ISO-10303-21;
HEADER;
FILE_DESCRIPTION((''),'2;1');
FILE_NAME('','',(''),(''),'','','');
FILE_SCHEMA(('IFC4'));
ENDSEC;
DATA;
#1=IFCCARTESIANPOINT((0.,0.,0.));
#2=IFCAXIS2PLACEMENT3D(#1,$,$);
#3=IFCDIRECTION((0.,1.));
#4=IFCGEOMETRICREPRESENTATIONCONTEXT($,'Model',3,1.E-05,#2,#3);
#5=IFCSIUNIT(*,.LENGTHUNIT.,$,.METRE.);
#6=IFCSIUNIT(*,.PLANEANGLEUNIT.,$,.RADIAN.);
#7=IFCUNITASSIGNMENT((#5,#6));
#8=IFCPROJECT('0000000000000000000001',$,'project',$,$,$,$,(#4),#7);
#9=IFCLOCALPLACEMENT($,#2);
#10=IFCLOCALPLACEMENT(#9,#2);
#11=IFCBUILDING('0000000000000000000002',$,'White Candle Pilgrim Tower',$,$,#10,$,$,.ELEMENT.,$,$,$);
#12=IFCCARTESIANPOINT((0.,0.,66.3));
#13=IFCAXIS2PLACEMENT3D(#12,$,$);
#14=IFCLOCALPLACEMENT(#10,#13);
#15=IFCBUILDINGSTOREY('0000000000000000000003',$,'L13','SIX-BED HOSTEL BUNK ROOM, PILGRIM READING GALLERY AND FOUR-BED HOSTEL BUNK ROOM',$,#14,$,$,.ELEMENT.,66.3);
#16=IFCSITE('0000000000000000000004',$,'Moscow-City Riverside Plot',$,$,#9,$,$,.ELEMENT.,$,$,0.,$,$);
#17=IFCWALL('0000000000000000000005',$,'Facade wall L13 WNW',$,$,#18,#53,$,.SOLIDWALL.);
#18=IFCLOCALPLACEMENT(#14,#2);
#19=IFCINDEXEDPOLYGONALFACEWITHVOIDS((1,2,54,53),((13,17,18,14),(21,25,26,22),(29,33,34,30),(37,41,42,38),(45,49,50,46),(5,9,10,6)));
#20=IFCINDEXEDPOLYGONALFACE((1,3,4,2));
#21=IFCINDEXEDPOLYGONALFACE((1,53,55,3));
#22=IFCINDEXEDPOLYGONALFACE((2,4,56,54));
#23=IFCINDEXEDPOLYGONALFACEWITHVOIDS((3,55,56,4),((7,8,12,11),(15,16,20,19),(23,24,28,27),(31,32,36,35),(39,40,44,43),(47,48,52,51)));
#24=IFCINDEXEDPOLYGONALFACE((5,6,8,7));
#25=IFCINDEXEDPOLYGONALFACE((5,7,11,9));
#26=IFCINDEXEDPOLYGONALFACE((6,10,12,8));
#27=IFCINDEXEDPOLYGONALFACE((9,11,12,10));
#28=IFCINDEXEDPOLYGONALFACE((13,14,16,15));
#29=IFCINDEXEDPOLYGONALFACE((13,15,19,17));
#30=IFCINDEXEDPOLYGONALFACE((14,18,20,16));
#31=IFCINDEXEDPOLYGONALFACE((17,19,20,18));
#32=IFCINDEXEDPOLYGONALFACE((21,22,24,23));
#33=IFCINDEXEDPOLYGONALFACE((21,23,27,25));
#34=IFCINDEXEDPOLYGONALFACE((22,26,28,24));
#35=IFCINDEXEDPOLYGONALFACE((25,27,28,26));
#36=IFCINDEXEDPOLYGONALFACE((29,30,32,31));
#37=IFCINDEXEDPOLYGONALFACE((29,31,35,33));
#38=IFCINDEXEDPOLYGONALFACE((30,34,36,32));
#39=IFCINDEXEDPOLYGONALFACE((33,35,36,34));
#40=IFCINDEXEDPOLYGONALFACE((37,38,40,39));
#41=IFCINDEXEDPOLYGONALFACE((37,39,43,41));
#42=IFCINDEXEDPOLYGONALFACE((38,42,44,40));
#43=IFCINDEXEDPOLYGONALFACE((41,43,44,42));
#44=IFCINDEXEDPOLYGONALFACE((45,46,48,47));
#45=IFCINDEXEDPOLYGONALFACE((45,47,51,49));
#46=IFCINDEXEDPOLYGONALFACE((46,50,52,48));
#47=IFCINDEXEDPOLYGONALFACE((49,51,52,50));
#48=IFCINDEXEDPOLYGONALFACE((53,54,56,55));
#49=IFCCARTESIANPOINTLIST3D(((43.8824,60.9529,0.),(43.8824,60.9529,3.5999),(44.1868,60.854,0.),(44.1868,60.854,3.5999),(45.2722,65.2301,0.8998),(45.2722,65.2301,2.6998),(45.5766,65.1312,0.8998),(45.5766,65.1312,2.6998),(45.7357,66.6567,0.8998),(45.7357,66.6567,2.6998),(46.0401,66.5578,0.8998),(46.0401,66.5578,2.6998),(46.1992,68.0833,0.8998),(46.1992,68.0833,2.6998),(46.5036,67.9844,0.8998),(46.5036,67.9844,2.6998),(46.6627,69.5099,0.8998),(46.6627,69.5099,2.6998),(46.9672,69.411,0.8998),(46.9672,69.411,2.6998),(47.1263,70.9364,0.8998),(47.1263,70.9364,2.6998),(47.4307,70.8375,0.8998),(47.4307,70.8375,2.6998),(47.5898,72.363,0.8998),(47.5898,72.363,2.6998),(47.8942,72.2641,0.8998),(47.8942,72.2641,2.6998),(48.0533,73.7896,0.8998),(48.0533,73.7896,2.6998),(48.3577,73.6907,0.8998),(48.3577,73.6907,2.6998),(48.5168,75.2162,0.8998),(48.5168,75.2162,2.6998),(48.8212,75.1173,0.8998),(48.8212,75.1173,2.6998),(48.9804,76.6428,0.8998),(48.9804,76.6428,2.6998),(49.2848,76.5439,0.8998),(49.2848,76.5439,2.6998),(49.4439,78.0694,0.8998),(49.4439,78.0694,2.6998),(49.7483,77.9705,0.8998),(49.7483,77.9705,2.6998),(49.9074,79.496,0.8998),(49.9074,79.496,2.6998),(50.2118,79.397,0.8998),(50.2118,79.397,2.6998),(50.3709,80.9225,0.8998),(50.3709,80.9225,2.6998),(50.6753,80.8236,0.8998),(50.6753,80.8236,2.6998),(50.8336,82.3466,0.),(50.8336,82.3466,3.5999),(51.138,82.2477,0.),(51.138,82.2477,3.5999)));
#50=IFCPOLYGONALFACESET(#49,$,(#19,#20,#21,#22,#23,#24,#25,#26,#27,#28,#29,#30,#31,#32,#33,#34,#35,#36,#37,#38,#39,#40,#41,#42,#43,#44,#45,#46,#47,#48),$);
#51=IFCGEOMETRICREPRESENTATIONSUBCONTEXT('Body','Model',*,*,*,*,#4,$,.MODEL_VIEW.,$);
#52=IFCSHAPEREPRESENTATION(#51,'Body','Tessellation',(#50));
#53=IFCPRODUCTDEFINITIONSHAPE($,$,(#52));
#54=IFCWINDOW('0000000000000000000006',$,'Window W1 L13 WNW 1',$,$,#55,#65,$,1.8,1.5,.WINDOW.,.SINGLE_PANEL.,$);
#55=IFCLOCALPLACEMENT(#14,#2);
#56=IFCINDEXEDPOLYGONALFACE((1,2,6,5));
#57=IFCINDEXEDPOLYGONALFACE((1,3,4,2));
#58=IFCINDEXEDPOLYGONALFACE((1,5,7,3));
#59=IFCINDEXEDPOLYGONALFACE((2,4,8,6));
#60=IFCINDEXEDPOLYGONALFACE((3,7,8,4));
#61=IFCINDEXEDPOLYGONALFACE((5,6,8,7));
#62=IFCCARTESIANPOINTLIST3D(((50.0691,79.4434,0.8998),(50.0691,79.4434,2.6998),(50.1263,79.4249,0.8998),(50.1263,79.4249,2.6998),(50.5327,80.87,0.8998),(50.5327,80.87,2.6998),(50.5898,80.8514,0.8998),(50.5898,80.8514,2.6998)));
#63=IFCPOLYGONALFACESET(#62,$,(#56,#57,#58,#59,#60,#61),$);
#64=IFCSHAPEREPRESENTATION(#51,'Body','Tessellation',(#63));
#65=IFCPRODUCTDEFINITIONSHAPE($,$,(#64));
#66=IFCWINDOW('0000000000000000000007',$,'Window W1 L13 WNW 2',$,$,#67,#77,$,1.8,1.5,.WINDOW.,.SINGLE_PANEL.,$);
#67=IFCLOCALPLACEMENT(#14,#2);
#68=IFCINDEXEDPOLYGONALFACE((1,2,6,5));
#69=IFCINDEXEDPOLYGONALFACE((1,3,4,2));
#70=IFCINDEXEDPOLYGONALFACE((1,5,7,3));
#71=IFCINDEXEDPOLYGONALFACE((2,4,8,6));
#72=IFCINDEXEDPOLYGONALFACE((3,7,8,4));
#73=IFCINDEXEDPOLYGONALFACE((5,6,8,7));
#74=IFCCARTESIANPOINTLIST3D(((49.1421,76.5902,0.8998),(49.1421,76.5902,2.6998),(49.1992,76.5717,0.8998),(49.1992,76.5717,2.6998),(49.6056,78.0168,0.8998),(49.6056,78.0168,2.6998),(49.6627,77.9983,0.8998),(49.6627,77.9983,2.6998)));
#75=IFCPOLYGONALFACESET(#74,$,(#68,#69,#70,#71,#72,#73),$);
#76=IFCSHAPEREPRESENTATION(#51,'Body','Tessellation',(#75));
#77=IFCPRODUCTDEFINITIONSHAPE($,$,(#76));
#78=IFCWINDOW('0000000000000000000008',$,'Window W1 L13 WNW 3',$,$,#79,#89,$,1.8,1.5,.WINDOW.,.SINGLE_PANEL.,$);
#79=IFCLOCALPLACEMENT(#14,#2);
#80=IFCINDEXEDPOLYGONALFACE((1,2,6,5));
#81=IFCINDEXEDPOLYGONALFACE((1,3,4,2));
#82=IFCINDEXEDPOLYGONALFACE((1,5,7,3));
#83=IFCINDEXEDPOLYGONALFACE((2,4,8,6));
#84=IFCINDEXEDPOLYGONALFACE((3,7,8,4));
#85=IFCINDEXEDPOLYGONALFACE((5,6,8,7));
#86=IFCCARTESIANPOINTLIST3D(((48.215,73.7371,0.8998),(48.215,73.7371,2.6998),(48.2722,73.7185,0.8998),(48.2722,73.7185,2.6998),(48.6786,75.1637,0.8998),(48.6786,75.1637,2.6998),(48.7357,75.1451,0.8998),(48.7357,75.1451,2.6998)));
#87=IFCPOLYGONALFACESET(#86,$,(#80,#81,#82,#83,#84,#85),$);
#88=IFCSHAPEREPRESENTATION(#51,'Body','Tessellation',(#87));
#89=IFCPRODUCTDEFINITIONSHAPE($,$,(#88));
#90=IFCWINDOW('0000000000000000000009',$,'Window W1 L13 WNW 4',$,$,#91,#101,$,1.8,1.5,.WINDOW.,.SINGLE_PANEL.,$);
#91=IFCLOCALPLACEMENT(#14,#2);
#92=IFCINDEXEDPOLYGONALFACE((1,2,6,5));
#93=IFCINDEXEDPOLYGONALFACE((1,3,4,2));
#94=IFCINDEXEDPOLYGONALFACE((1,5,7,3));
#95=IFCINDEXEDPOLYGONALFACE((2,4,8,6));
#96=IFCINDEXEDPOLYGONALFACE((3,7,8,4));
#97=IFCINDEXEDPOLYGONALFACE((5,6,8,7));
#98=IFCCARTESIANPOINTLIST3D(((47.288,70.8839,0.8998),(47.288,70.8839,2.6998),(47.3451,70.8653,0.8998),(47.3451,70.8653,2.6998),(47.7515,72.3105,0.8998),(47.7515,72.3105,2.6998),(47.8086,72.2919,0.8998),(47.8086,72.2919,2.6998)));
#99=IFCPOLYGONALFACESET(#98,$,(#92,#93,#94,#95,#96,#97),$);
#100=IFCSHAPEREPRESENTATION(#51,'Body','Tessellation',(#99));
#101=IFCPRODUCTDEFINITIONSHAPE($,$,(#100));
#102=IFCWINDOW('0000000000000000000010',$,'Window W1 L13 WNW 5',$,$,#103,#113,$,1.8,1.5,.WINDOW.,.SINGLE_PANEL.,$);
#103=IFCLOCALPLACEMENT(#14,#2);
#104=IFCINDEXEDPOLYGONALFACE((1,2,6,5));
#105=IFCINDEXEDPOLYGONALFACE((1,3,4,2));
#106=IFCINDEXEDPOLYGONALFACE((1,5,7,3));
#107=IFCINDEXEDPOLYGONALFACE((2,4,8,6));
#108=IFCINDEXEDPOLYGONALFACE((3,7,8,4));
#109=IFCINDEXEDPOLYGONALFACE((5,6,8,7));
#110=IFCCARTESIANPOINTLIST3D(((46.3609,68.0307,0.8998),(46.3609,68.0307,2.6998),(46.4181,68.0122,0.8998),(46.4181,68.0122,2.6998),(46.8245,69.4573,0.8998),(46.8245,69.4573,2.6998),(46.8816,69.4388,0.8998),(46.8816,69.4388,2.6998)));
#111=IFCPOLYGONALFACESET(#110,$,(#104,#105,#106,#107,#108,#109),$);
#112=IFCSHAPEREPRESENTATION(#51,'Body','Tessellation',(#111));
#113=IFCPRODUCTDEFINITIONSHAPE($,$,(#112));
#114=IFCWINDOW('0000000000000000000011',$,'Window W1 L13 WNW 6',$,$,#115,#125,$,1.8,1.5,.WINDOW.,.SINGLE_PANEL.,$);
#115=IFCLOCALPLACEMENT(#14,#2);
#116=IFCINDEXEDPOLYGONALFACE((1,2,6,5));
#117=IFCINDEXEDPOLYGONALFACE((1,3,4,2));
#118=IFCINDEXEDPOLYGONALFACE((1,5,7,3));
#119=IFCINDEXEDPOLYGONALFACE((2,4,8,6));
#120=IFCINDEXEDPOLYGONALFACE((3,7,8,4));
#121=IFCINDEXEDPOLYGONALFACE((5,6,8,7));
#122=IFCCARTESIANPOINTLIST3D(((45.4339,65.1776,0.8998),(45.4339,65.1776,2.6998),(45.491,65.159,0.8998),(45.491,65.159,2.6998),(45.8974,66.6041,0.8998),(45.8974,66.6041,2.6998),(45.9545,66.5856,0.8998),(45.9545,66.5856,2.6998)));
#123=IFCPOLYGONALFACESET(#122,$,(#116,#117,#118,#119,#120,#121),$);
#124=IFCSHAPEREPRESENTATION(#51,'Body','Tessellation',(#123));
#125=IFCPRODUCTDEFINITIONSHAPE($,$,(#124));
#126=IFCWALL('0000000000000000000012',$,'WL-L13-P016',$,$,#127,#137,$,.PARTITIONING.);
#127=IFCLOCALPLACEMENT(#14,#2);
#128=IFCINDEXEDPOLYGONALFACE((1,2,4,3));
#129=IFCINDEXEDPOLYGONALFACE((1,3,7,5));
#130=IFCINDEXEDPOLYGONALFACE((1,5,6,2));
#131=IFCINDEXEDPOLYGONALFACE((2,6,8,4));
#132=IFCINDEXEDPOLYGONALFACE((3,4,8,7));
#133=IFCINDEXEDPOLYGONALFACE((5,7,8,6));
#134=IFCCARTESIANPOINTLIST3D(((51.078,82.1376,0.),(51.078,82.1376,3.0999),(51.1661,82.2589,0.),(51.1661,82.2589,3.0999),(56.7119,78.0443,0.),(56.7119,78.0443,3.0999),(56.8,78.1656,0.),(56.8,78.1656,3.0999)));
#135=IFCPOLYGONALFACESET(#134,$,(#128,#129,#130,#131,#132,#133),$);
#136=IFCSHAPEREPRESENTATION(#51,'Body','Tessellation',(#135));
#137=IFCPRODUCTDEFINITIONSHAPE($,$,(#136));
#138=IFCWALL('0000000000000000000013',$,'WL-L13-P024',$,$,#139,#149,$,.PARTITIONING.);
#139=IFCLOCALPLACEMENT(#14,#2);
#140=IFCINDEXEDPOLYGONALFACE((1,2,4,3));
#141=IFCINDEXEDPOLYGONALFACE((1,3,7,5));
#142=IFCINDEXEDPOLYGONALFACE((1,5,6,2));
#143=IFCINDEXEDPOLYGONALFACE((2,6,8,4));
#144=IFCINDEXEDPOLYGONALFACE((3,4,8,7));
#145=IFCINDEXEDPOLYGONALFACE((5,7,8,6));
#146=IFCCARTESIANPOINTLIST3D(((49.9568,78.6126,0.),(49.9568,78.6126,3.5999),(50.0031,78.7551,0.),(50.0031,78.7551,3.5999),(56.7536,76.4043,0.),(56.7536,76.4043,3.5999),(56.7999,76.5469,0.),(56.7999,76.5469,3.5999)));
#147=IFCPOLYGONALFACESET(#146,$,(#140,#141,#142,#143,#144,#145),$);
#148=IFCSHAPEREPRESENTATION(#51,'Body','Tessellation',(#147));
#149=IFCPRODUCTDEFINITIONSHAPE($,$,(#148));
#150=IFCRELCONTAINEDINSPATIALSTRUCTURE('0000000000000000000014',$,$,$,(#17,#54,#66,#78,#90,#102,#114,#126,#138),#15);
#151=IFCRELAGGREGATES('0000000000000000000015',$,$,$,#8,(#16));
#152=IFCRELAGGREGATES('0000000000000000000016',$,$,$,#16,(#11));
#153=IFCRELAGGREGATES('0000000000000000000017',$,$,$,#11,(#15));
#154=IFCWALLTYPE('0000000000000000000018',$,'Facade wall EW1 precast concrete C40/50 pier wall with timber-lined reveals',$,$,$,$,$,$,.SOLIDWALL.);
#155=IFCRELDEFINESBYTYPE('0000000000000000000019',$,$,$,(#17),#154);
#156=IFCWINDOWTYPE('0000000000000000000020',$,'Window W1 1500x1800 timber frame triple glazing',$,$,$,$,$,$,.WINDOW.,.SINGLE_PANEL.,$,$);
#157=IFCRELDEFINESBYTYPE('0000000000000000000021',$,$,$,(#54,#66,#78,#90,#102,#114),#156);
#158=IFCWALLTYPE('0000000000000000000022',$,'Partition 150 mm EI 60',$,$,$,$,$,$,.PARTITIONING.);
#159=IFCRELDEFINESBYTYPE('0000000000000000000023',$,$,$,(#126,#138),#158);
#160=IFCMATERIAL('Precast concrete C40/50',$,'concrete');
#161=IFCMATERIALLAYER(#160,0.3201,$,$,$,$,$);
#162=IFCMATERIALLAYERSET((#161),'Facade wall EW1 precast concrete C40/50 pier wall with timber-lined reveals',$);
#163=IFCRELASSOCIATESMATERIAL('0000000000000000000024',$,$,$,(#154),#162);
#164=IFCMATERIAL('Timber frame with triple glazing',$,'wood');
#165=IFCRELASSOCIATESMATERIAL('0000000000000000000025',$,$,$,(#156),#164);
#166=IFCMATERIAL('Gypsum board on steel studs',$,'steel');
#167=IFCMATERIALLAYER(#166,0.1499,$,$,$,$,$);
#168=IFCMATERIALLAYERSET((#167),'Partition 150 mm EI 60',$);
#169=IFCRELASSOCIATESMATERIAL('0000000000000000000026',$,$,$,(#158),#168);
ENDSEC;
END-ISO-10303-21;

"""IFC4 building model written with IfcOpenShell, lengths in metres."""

from ifc_helpers import new_model, si_unit, direction, frame, frame_2d, origin, place, context, subcontext, project, spatial, rectangle, extrude, material, layer, layer_set, type_object, element, fill, save


model = new_model("IFC4")

# Units and contexts
model_context = context("Model", 3, precision=1e-05, world=origin(), true_north=direction((0.0, 1.0)))
body_context = subcontext(model_context, "Body", "Model", "MODEL_VIEW")
ifc_project = project(units=[si_unit("LENGTHUNIT", "METRE"), si_unit("PLANEANGLEUNIT", "RADIAN")], contexts=[model_context])

# Site, building, storey
site_placement = place(None, origin())
site = spatial("IfcSite", under=ifc_project, at=site_placement, Name="Moscow-City Riverside Plot", CompositionType="ELEMENT", RefElevation=0.0)
building_placement = place(site_placement, origin())
building = spatial("IfcBuilding", under=site, at=building_placement, Name="White Candle Pilgrim Tower", CompositionType="ELEMENT")
storey_placement = place(building_placement, frame((0.0, 0.0, 66.3)))
storey = spatial("IfcBuildingStorey", under=building, at=storey_placement, Name="L13", Description="SIX-BED HOSTEL BUNK ROOM, PILGRIM READING GALLERY AND FOUR-BED HOSTEL BUNK ROOM", CompositionType="ELEMENT", Elevation=66.3)

# Wall, openings, windows
ifc_material_1 = material(Name="Precast concrete C40/50", Category="concrete")
ifc_layer_1 = layer(ifc_material_1, 0.3201)
ifc_layer_set_1 = layer_set([ifc_layer_1], Name="Facade wall EW1 precast concrete C40/50 pier wall with timber-lined reveals")
wall_type_1 = type_object("IfcWallType", Name="Facade wall EW1 precast concrete C40/50 pier wall with timber-lined reveals", PredefinedType="SOLIDWALL", material=ifc_layer_set_1)
ifc_material_2 = material(Name="Timber frame with triple glazing", Category="wood")
wall_1_placement = place(storey_placement, frame((50.9858, 82.2971, 0.0), z_axis=(0.0, 0.0, 1.0), x_axis=(-0.309016, -0.951057, 0.0)))
wall_1 = element("IfcWall", 1, at=wall_1_placement, inside=storey, type_object=wall_type_1, Name="Facade wall L13 WNW", PredefinedType="SOLIDWALL", context=body_context, shape_type="SweptSolid", body=[
    extrude(rectangle(XDim=22.4946, YDim=0.3201, at=frame_2d((11.2473, 0.0))), origin(), (0.0, 0.0, 1.0), 3.5999),
])
opening_1_placement = place(wall_1_placement, frame((1.4973, 0.0, 0.8999)))
opening_1 = element("IfcOpeningElement", 2, at=opening_1_placement, cuts=wall_1, PredefinedType="OPENING", context=body_context, shape_type="SweptSolid", body=[
    extrude(rectangle(XDim=1.5, YDim=1.8, at=frame_2d((0.75, 0.8999))), frame((0.0, 0.1699, 0.0), z_axis=(0.0, -1.0, 0.0), x_axis=(1.0, 0.0, 0.0)), (0.0, 0.0, 1.0), 0.3401),
])
opening_2_placement = place(wall_1_placement, frame((4.4973, 0.0, 0.8999)))
opening_2 = element("IfcOpeningElement", 3, at=opening_2_placement, cuts=wall_1, PredefinedType="OPENING", context=body_context, shape_type="SweptSolid", body=[
    extrude(rectangle(XDim=1.5, YDim=1.8, at=frame_2d((0.75, 0.8999))), frame((0.0, 0.1699, 0.0), z_axis=(0.0, -1.0, 0.0), x_axis=(1.0, 0.0, 0.0)), (0.0, 0.0, 1.0), 0.3401),
])
opening_3_placement = place(wall_1_placement, frame((7.4973, 0.0, 0.8999)))
opening_3 = element("IfcOpeningElement", 4, at=opening_3_placement, cuts=wall_1, PredefinedType="OPENING", context=body_context, shape_type="SweptSolid", body=[
    extrude(rectangle(XDim=1.5, YDim=1.8, at=frame_2d((0.75, 0.8999))), frame((0.0, 0.1699, 0.0), z_axis=(0.0, -1.0, 0.0), x_axis=(1.0, 0.0, 0.0)), (0.0, 0.0, 1.0), 0.3401),
])
opening_4_placement = place(wall_1_placement, frame((10.4973, 0.0, 0.8999)))
opening_4 = element("IfcOpeningElement", 5, at=opening_4_placement, cuts=wall_1, PredefinedType="OPENING", context=body_context, shape_type="SweptSolid", body=[
    extrude(rectangle(XDim=1.5, YDim=1.8, at=frame_2d((0.75, 0.8999))), frame((0.0, 0.1699, 0.0), z_axis=(0.0, -1.0, 0.0), x_axis=(1.0, 0.0, 0.0)), (0.0, 0.0, 1.0), 0.3401),
])
opening_5_placement = place(wall_1_placement, frame((13.4973, 0.0, 0.8999)))
opening_5 = element("IfcOpeningElement", 6, at=opening_5_placement, cuts=wall_1, PredefinedType="OPENING", context=body_context, shape_type="SweptSolid", body=[
    extrude(rectangle(XDim=1.5, YDim=1.8, at=frame_2d((0.75, 0.8999))), frame((0.0, 0.1699, 0.0), z_axis=(0.0, -1.0, 0.0), x_axis=(1.0, 0.0, 0.0)), (0.0, 0.0, 1.0), 0.3401),
])
opening_6_placement = place(wall_1_placement, frame((16.4973, 0.0, 0.8999)))
opening_6 = element("IfcOpeningElement", 7, at=opening_6_placement, cuts=wall_1, PredefinedType="OPENING", context=body_context, shape_type="SweptSolid", body=[
    extrude(rectangle(XDim=1.5, YDim=1.8, at=frame_2d((0.75, 0.8999))), frame((0.0, 0.1699, 0.0), z_axis=(0.0, -1.0, 0.0), x_axis=(1.0, 0.0, 0.0)), (0.0, 0.0, 1.0), 0.3401),
])
window_type_1 = type_object("IfcWindowType", Name="Window W1 1500x1800 timber frame triple glazing", PartitioningType="SINGLE_PANEL", PredefinedType="WINDOW", material=ifc_material_2)
window_1_placement = place(opening_1_placement, origin())
window_1 = element("IfcWindow", 8, at=window_1_placement, inside=storey, type_object=window_type_1, Name="Window W1 L13 WNW 1", OverallHeight=1.8, OverallWidth=1.5, PartitioningType="SINGLE_PANEL", PredefinedType="WINDOW", context=body_context, shape_type="SweptSolid", body=[
    extrude(rectangle(XDim=1.5, YDim=1.8, at=frame_2d((0.75, 0.8999))), frame((0.0, 0.0701, 0.0), z_axis=(0.0, -1.0, 0.0), x_axis=(1.0, 0.0, 0.0)), (0.0, 0.0, 1.0), 0.0601),
])
fill(opening_1, window_1)
window_2_placement = place(opening_2_placement, origin())
window_2 = element("IfcWindow", 9, at=window_2_placement, inside=storey, type_object=window_type_1, Name="Window W1 L13 WNW 2", OverallHeight=1.8, OverallWidth=1.5, PartitioningType="SINGLE_PANEL", PredefinedType="WINDOW", context=body_context, shape_type="SweptSolid", body=[
    extrude(rectangle(XDim=1.5, YDim=1.8, at=frame_2d((0.75, 0.8999))), frame((0.0, 0.0701, 0.0), z_axis=(0.0, -1.0, 0.0), x_axis=(1.0, 0.0, 0.0)), (0.0, 0.0, 1.0), 0.0601),
])
fill(opening_2, window_2)
window_3_placement = place(opening_3_placement, origin())
window_3 = element("IfcWindow", 10, at=window_3_placement, inside=storey, type_object=window_type_1, Name="Window W1 L13 WNW 3", OverallHeight=1.8, OverallWidth=1.5, PartitioningType="SINGLE_PANEL", PredefinedType="WINDOW", context=body_context, shape_type="SweptSolid", body=[
    extrude(rectangle(XDim=1.5, YDim=1.8, at=frame_2d((0.75, 0.8999))), frame((0.0, 0.0701, 0.0), z_axis=(0.0, -1.0, 0.0), x_axis=(1.0, 0.0, 0.0)), (0.0, 0.0, 1.0), 0.0601),
])
fill(opening_3, window_3)
window_4_placement = place(opening_4_placement, origin())
window_4 = element("IfcWindow", 11, at=window_4_placement, inside=storey, type_object=window_type_1, Name="Window W1 L13 WNW 4", OverallHeight=1.8, OverallWidth=1.5, PartitioningType="SINGLE_PANEL", PredefinedType="WINDOW", context=body_context, shape_type="SweptSolid", body=[
    extrude(rectangle(XDim=1.5, YDim=1.8, at=frame_2d((0.75, 0.8999))), frame((0.0, 0.0701, 0.0), z_axis=(0.0, -1.0, 0.0), x_axis=(1.0, 0.0, 0.0)), (0.0, 0.0, 1.0), 0.0601),
])
fill(opening_4, window_4)
window_5_placement = place(opening_5_placement, origin())
window_5 = element("IfcWindow", 12, at=window_5_placement, inside=storey, type_object=window_type_1, Name="Window W1 L13 WNW 5", OverallHeight=1.8, OverallWidth=1.5, PartitioningType="SINGLE_PANEL", PredefinedType="WINDOW", context=body_context, shape_type="SweptSolid", body=[
    extrude(rectangle(XDim=1.5, YDim=1.8, at=frame_2d((0.75, 0.8999))), frame((0.0, 0.0701, 0.0), z_axis=(0.0, -1.0, 0.0), x_axis=(1.0, 0.0, 0.0)), (0.0, 0.0, 1.0), 0.0601),
])
fill(opening_5, window_5)
window_6_placement = place(opening_6_placement, origin())
window_6 = element("IfcWindow", 13, at=window_6_placement, inside=storey, type_object=window_type_1, Name="Window W1 L13 WNW 6", OverallHeight=1.8, OverallWidth=1.5, PartitioningType="SINGLE_PANEL", PredefinedType="WINDOW", context=body_context, shape_type="SweptSolid", body=[
    extrude(rectangle(XDim=1.5, YDim=1.8, at=frame_2d((0.75, 0.8999))), frame((0.0, 0.0701, 0.0), z_axis=(0.0, -1.0, 0.0), x_axis=(1.0, 0.0, 0.0)), (0.0, 0.0, 1.0), 0.0601),
])
fill(opening_6, window_6)

# Walls
ifc_material_3 = material(Name="Gypsum board on steel studs", Category="steel")
ifc_layer_2 = layer(ifc_material_3, 0.1499)
ifc_layer_set_2 = layer_set([ifc_layer_2], Name="Partition 150 mm EI 60")
wall_type_2 = type_object("IfcWallType", Name="Partition 150 mm EI 60", PredefinedType="PARTITIONING", material=ifc_layer_set_2)
wall_2_placement = place(storey_placement, frame((51.1221, 82.1982, 0.0), z_axis=(0.0, 0.0, 1.0), x_axis=(0.809012, -0.587792, 0.0)))
element("IfcWall", 14, at=wall_2_placement, inside=storey, type_object=wall_type_2, Name="WL-L13-P016", PredefinedType="PARTITIONING", context=body_context, shape_type="SweptSolid", body=[
    extrude(rectangle(XDim=6.9639, YDim=0.1499, at=frame_2d((3.4819, 0.0))), origin(), (0.0, 0.0, 1.0), 3.0999),
])
wall_3_placement = place(storey_placement, frame((49.98, 78.6838, 0.0), z_axis=(0.0, 0.0, 1.0), x_axis=(0.951064, -0.308993, 0.0)))
element("IfcWall", 15, at=wall_3_placement, inside=storey, type_object=wall_type_2, Name="WL-L13-P024", PredefinedType="PARTITIONING", context=body_context, shape_type="SweptSolid", body=[
    extrude(rectangle(XDim=7.1465, YDim=0.1499, at=frame_2d((3.5732, 0.0))), origin(), (0.0, 0.0, 1.0), 3.5999),
])

save(model, "model.ifc")
